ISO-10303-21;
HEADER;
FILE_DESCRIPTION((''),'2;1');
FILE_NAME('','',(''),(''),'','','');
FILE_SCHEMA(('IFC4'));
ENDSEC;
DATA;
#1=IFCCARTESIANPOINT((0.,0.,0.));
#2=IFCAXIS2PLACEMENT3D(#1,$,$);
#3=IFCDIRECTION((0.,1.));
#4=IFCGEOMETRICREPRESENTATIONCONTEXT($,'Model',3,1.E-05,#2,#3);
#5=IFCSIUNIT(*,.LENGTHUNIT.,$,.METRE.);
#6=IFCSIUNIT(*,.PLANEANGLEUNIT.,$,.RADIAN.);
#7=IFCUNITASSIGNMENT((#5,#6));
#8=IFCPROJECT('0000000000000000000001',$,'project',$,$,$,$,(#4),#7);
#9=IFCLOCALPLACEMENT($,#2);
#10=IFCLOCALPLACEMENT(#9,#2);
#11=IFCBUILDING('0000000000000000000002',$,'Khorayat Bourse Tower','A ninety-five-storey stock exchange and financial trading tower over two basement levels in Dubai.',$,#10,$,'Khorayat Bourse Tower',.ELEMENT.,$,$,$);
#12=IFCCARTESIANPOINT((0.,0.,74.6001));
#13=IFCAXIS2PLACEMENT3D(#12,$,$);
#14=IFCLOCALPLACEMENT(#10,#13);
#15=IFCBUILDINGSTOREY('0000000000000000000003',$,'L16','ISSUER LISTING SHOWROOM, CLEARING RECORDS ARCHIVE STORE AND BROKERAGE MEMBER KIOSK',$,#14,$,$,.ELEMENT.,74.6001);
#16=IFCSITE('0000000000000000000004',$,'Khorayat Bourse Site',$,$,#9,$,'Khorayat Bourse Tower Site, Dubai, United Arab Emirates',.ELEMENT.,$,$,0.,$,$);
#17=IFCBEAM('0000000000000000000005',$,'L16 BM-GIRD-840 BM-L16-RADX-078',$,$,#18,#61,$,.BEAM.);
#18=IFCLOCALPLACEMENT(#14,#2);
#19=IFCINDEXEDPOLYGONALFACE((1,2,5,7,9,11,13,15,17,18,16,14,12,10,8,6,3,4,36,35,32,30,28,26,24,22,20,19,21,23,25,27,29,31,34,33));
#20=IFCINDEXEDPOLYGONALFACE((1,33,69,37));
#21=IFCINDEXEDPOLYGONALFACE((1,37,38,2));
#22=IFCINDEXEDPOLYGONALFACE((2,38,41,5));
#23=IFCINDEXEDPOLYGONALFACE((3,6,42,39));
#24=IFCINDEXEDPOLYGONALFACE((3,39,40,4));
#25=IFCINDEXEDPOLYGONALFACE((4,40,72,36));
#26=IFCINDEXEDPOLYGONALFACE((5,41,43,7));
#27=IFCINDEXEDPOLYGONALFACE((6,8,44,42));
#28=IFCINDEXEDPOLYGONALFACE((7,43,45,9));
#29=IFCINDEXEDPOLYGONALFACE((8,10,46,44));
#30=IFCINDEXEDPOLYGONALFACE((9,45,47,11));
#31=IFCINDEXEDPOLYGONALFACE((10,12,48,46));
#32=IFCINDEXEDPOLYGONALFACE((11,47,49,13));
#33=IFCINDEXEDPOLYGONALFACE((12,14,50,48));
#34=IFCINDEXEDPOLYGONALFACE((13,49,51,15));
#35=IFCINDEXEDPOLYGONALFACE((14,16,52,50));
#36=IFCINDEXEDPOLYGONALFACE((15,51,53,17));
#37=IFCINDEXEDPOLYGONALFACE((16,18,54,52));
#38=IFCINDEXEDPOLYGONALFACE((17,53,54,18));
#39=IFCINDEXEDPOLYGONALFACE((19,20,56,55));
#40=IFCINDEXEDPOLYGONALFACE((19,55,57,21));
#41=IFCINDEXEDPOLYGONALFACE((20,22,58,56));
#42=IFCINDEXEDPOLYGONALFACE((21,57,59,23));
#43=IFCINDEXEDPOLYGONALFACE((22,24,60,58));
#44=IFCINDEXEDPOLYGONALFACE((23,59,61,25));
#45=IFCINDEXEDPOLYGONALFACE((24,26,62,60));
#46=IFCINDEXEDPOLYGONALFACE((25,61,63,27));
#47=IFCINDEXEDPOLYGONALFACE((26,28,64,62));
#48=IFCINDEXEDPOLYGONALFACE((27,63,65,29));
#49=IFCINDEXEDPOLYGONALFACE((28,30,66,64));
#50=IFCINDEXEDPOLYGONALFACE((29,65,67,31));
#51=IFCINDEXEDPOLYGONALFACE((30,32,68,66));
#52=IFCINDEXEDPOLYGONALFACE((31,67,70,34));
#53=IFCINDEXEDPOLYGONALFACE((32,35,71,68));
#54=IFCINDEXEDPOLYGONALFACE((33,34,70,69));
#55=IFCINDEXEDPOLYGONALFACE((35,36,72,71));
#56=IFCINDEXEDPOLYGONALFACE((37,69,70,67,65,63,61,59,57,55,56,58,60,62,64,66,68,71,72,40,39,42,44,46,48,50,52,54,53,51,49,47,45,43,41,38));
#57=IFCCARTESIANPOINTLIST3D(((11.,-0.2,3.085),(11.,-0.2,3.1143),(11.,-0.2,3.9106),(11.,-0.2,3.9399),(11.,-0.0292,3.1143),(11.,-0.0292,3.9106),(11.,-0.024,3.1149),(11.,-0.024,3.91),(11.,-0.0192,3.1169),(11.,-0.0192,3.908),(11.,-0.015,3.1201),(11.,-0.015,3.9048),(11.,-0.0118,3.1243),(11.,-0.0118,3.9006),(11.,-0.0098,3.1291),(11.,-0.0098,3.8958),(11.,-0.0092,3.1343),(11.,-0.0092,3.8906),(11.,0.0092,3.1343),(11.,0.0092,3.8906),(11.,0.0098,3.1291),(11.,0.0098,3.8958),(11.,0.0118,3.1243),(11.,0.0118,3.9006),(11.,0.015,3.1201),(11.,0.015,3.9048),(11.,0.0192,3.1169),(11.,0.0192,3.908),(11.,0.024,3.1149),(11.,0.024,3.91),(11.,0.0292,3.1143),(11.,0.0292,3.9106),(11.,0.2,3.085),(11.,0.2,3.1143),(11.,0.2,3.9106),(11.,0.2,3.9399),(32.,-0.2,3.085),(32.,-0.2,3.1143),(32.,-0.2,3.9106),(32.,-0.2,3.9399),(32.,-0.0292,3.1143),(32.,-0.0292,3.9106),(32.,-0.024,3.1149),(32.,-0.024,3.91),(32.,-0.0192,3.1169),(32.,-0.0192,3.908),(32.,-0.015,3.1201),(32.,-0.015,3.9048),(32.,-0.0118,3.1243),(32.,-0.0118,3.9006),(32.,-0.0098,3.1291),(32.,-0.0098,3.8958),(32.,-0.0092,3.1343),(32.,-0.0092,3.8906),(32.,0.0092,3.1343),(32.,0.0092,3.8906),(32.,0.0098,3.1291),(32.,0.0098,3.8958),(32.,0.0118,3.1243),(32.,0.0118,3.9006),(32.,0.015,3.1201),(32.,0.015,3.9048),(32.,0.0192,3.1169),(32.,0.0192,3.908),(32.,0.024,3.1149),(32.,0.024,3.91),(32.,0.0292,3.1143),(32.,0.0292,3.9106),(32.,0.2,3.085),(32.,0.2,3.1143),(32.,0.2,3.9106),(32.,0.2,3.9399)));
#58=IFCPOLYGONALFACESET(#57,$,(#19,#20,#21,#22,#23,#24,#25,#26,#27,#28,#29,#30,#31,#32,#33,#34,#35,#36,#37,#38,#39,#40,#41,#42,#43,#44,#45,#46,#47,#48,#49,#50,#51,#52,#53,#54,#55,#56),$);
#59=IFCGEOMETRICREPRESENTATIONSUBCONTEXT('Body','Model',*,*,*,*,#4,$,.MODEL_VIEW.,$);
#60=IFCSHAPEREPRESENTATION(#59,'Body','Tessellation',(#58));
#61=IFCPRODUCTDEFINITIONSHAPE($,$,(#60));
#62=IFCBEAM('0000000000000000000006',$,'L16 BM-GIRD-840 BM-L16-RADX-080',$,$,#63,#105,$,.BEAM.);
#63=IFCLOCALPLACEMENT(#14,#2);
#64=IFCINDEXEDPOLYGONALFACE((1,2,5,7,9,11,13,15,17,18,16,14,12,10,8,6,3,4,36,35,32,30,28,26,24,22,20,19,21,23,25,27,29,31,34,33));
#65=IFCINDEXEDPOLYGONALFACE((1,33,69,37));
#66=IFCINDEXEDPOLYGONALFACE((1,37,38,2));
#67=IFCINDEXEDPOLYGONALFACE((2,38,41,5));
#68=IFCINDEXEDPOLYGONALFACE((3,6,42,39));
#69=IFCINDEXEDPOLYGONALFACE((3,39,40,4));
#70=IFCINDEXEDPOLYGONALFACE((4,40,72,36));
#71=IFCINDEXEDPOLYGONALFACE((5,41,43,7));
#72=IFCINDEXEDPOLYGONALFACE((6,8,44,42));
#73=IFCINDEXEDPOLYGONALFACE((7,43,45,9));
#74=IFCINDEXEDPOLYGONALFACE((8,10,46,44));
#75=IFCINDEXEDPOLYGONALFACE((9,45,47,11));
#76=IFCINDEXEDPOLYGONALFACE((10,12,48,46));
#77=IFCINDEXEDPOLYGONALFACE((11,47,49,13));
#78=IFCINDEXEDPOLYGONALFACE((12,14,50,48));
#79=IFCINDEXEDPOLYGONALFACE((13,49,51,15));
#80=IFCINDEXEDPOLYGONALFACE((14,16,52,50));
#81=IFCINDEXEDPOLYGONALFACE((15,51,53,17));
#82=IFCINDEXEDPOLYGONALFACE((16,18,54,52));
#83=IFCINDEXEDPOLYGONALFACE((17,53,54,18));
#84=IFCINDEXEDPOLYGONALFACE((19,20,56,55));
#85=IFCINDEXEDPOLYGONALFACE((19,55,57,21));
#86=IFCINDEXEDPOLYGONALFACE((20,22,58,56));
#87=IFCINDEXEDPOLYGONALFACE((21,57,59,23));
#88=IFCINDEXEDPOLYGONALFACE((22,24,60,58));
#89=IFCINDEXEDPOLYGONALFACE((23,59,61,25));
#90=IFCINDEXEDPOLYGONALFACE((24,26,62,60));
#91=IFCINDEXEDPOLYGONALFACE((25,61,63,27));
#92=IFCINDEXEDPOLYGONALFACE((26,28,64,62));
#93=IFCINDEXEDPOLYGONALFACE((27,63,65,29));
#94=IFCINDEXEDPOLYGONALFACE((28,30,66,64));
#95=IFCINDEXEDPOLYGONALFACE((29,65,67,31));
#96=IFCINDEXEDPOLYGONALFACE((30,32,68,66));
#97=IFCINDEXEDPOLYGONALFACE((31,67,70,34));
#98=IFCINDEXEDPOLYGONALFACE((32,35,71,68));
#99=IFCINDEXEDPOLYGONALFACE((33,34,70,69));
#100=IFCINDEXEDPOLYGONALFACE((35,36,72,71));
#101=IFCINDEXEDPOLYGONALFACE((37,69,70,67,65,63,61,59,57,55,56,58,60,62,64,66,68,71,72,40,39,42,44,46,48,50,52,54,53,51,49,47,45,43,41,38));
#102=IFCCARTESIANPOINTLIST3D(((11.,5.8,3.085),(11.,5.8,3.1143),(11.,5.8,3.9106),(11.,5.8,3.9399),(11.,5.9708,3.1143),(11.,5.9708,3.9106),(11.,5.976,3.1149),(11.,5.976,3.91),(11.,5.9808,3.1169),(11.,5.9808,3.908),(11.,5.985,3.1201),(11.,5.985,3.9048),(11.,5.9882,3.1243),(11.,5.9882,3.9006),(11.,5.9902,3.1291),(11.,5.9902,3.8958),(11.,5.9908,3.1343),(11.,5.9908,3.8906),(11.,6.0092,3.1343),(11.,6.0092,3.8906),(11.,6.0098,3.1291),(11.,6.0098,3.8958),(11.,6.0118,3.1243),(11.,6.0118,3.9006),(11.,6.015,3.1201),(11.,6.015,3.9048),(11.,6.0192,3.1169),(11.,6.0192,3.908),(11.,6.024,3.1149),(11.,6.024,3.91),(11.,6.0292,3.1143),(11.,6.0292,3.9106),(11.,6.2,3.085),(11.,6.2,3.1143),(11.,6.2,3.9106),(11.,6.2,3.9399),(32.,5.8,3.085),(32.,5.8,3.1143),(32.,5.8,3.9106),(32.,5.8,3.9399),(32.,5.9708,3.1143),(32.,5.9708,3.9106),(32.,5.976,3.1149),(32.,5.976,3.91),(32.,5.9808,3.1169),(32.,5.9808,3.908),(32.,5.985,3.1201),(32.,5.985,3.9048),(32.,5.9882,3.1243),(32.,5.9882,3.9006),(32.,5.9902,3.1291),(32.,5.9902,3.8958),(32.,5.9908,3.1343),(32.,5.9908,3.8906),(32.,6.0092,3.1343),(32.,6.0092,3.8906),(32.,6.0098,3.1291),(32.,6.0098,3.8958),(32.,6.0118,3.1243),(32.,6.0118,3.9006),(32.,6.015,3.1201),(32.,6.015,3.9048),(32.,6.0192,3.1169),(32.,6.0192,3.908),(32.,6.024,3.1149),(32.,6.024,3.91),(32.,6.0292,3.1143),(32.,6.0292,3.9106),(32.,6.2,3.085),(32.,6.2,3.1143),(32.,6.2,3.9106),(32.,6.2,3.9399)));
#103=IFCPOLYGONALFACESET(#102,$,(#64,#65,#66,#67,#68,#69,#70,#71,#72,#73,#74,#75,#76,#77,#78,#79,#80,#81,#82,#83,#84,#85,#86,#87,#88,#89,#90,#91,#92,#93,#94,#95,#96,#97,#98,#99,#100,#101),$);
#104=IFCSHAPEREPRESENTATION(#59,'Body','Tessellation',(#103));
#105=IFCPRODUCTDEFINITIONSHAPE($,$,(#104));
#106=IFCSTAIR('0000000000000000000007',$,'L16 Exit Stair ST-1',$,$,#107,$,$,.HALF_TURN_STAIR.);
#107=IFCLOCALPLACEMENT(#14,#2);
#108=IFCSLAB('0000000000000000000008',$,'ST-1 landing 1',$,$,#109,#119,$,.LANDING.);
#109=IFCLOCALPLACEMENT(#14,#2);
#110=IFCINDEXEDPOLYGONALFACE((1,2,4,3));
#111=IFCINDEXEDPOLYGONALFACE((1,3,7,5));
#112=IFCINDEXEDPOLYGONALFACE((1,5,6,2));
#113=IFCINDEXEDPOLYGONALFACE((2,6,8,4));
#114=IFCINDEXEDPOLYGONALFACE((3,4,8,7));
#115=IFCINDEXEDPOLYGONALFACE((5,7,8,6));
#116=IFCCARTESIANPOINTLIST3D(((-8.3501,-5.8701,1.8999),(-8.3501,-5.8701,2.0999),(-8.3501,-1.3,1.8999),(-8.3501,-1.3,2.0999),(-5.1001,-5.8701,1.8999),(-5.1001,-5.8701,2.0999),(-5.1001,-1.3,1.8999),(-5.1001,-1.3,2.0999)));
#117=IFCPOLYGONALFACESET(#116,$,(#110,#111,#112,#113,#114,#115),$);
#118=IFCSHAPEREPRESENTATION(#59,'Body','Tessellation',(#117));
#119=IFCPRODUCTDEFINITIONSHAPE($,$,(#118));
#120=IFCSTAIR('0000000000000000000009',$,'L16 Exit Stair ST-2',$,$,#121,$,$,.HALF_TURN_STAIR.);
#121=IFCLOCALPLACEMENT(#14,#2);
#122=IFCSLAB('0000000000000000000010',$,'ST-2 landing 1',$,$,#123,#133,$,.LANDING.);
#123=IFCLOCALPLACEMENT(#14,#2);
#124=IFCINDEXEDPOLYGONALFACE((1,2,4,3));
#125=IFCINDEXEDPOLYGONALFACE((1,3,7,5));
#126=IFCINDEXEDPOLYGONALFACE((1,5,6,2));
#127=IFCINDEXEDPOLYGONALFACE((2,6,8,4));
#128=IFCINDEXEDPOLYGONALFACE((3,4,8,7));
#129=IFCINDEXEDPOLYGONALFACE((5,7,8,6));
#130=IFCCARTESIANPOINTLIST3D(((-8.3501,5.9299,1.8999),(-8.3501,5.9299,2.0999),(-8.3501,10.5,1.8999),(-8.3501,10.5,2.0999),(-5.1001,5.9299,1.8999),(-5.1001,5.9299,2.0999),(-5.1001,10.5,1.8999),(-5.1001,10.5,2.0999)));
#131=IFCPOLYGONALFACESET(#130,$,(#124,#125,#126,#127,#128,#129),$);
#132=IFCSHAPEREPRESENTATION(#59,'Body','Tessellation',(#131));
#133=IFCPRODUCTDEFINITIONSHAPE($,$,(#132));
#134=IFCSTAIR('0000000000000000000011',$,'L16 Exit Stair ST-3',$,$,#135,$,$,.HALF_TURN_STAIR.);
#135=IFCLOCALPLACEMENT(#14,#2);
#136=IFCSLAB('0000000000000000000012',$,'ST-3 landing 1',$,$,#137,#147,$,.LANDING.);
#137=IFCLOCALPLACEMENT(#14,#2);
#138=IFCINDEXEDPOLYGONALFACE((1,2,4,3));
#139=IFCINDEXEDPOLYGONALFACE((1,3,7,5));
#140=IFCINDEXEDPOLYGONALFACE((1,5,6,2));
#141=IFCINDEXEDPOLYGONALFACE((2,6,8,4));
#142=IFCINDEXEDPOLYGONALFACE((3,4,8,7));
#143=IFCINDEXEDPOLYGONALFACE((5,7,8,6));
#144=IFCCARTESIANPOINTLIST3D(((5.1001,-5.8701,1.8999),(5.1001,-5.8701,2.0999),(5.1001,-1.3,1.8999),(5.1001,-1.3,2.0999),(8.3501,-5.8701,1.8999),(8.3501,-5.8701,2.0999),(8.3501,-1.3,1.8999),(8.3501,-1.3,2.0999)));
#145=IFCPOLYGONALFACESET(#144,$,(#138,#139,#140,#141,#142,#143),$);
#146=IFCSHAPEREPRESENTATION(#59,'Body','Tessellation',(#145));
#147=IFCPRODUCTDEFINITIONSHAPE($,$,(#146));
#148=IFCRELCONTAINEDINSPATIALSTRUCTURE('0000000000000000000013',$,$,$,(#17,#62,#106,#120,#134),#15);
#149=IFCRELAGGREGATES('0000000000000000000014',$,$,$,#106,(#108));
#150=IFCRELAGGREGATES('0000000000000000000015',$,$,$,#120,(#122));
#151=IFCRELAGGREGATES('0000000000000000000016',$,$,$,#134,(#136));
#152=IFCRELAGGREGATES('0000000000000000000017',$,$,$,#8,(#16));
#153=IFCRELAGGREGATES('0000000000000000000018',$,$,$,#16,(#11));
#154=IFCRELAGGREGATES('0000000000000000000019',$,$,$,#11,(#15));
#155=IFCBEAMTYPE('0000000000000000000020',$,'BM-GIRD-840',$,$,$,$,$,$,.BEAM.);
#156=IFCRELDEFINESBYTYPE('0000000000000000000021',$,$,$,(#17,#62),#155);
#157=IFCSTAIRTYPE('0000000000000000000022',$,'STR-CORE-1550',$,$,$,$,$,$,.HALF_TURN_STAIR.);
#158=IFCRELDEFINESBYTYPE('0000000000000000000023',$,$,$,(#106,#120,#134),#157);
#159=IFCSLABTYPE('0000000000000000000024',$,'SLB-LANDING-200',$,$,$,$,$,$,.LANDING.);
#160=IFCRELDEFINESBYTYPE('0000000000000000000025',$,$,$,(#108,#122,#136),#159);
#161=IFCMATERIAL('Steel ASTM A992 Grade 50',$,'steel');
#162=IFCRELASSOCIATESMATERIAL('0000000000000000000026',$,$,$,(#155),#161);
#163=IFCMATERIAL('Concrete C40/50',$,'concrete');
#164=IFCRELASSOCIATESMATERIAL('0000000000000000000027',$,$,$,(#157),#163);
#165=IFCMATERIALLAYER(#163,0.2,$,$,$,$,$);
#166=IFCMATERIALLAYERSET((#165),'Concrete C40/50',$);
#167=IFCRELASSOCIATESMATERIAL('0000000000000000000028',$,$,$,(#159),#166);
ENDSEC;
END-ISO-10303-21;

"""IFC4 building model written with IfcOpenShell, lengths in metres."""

from ifc_helpers import new_model, si_unit, direction, frame, origin, origin_2d, place, context, subcontext, project, spatial, polyline, i_section, outline, extrude, source, transform, mapped, material, layer, layer_set, material_profile, profile_set, type_object, element, aggregate, save


model = new_model("IFC4")

# Units and contexts
model_context = context("Model", 3, precision=1e-05, world=origin(), true_north=direction((0.0, 1.0)))
body_context = subcontext(model_context, "Body", "Model", "MODEL_VIEW")
ifc_project = project(units=[si_unit("LENGTHUNIT", "METRE"), si_unit("PLANEANGLEUNIT", "RADIAN")], contexts=[model_context])

# Site, building, storey
site_placement = place(None, origin())
site = spatial("IfcSite", under=ifc_project, at=site_placement, Name="Khorayat Bourse Site", LongName="Khorayat Bourse Tower Site, Dubai, United Arab Emirates", CompositionType="ELEMENT", RefElevation=0.0)
building_placement = place(site_placement, origin())
building = spatial("IfcBuilding", under=site, at=building_placement, Name="Khorayat Bourse Tower", Description="A ninety-five-storey stock exchange and financial trading tower over two basement levels in Dubai.", LongName="Khorayat Bourse Tower", CompositionType="ELEMENT")
storey_placement = place(building_placement, frame((0.0, 0.0, 74.6001)))
storey = spatial("IfcBuildingStorey", under=building, at=storey_placement, Name="L16", Description="ISSUER LISTING SHOWROOM, CLEARING RECORDS ARCHIVE STORE AND BROKERAGE MEMBER KIOSK", CompositionType="ELEMENT", Elevation=74.6001)

# Beams
ifc_material_1 = material(Name="Steel ASTM A992 Grade 50", Category="steel")
ifc_material_profile_1 = material_profile(ifc_material_1, i_section(OverallWidth=0.3999, OverallDepth=0.855, WebThickness=0.0183, FlangeThickness=0.0293, FilletRadius=0.02, at=origin_2d()), Name="W840X299")
ifc_profile_set_1 = profile_set([ifc_material_profile_1], Name="Steel ASTM A992 Grade 50")
beam_type_1 = type_object("IfcBeamType", Name="BM-GIRD-840", PredefinedType="BEAM", material=ifc_profile_set_1)
shared_shape_1 = source(origin(), body_context, "Body", "SweptSolid", [
    extrude(i_section(OverallWidth=0.3999, OverallDepth=0.855, WebThickness=0.0183, FlangeThickness=0.0293, FilletRadius=0.02, at=origin_2d()), origin(), (0.0, 0.0, 1.0), 21.0),
])
for number, where, z_axis, x_axis, name in (
    (1, (11.0, 0.0, 3.5125), (1.0, 0.0, 0.0), (0.0, 1.0, 0.0), "L16 BM-GIRD-840 BM-L16-RADX-078"),
    (2, (11.0, 6.0, 3.5125), (1.0, 0.0, 0.0), (0.0, 1.0, 0.0), "L16 BM-GIRD-840 BM-L16-RADX-080"),
):
    element("IfcBeam", number, at=place(storey_placement, frame(where, z_axis=z_axis, x_axis=x_axis)), inside=storey, type_object=beam_type_1, Name=name, PredefinedType="BEAM", context=body_context, shape_type="MappedRepresentation", body=[
        mapped(shared_shape_1, transform((0.0, 0.0, 0.0), scale=1.0)),
    ])

# Stairs, slabs
ifc_material_2 = material(Name="Concrete C40/50", Category="concrete")
stair_type = type_object("IfcStairType", Name="STR-CORE-1550", PredefinedType="HALF_TURN_STAIR", material=ifc_material_2)
stair_1_placement = place(storey_placement, origin())
stair_1 = element("IfcStair", 3, at=stair_1_placement, inside=storey, type_object=stair_type, Name="L16 Exit Stair ST-1", PredefinedType="HALF_TURN_STAIR")
ifc_layer_1 = layer(ifc_material_2, 0.2)
ifc_layer_set_1 = layer_set([ifc_layer_1], Name="Concrete C40/50")
slab_type_1 = type_object("IfcSlabType", Name="SLB-LANDING-200", PredefinedType="LANDING", material=ifc_layer_set_1)
slab_1_placement = place(storey_placement, frame((0.0, 0.0, 1.8999)))
slab_1 = element("IfcSlab", 4, at=slab_1_placement, type_object=slab_type_1, Name="ST-1 landing 1", PredefinedType="LANDING", context=body_context, shape_type="SweptSolid", body=[
    extrude(outline(polyline([(-5.1001, -5.8701), (-5.1001, -1.3), (-8.3501, -1.3), (-8.3501, -5.8701), (-5.1001, -5.8701)])), origin(), (0.0, 0.0, 1.0), 0.2),
])
aggregate(stair_1, [slab_1])
stair_2_placement = place(storey_placement, origin())
stair_2 = element("IfcStair", 5, at=stair_2_placement, inside=storey, type_object=stair_type, Name="L16 Exit Stair ST-2", PredefinedType="HALF_TURN_STAIR")
slab_2_placement = place(storey_placement, frame((0.0, 0.0, 1.8999)))
slab_2 = element("IfcSlab", 6, at=slab_2_placement, type_object=slab_type_1, Name="ST-2 landing 1", PredefinedType="LANDING", context=body_context, shape_type="SweptSolid", body=[
    extrude(outline(polyline([(-5.1001, 5.9299), (-5.1001, 10.5), (-8.3501, 10.5), (-8.3501, 5.9299), (-5.1001, 5.9299)])), origin(), (0.0, 0.0, 1.0), 0.2),
])
aggregate(stair_2, [slab_2])
stair_3_placement = place(storey_placement, origin())
stair_3 = element("IfcStair", 7, at=stair_3_placement, inside=storey, type_object=stair_type, Name="L16 Exit Stair ST-3", PredefinedType="HALF_TURN_STAIR")
slab_3_placement = place(storey_placement, frame((0.0, 0.0, 1.8999)))
slab_3 = element("IfcSlab", 8, at=slab_3_placement, type_object=slab_type_1, Name="ST-3 landing 1", PredefinedType="LANDING", context=body_context, shape_type="SweptSolid", body=[
    extrude(outline(polyline([(8.3501, -5.8701), (8.3501, -1.3), (5.1001, -1.3), (5.1001, -5.8701), (8.3501, -5.8701)])), origin(), (0.0, 0.0, 1.0), 0.2),
])
aggregate(stair_3, [slab_3])

save(model, "model.ifc")
